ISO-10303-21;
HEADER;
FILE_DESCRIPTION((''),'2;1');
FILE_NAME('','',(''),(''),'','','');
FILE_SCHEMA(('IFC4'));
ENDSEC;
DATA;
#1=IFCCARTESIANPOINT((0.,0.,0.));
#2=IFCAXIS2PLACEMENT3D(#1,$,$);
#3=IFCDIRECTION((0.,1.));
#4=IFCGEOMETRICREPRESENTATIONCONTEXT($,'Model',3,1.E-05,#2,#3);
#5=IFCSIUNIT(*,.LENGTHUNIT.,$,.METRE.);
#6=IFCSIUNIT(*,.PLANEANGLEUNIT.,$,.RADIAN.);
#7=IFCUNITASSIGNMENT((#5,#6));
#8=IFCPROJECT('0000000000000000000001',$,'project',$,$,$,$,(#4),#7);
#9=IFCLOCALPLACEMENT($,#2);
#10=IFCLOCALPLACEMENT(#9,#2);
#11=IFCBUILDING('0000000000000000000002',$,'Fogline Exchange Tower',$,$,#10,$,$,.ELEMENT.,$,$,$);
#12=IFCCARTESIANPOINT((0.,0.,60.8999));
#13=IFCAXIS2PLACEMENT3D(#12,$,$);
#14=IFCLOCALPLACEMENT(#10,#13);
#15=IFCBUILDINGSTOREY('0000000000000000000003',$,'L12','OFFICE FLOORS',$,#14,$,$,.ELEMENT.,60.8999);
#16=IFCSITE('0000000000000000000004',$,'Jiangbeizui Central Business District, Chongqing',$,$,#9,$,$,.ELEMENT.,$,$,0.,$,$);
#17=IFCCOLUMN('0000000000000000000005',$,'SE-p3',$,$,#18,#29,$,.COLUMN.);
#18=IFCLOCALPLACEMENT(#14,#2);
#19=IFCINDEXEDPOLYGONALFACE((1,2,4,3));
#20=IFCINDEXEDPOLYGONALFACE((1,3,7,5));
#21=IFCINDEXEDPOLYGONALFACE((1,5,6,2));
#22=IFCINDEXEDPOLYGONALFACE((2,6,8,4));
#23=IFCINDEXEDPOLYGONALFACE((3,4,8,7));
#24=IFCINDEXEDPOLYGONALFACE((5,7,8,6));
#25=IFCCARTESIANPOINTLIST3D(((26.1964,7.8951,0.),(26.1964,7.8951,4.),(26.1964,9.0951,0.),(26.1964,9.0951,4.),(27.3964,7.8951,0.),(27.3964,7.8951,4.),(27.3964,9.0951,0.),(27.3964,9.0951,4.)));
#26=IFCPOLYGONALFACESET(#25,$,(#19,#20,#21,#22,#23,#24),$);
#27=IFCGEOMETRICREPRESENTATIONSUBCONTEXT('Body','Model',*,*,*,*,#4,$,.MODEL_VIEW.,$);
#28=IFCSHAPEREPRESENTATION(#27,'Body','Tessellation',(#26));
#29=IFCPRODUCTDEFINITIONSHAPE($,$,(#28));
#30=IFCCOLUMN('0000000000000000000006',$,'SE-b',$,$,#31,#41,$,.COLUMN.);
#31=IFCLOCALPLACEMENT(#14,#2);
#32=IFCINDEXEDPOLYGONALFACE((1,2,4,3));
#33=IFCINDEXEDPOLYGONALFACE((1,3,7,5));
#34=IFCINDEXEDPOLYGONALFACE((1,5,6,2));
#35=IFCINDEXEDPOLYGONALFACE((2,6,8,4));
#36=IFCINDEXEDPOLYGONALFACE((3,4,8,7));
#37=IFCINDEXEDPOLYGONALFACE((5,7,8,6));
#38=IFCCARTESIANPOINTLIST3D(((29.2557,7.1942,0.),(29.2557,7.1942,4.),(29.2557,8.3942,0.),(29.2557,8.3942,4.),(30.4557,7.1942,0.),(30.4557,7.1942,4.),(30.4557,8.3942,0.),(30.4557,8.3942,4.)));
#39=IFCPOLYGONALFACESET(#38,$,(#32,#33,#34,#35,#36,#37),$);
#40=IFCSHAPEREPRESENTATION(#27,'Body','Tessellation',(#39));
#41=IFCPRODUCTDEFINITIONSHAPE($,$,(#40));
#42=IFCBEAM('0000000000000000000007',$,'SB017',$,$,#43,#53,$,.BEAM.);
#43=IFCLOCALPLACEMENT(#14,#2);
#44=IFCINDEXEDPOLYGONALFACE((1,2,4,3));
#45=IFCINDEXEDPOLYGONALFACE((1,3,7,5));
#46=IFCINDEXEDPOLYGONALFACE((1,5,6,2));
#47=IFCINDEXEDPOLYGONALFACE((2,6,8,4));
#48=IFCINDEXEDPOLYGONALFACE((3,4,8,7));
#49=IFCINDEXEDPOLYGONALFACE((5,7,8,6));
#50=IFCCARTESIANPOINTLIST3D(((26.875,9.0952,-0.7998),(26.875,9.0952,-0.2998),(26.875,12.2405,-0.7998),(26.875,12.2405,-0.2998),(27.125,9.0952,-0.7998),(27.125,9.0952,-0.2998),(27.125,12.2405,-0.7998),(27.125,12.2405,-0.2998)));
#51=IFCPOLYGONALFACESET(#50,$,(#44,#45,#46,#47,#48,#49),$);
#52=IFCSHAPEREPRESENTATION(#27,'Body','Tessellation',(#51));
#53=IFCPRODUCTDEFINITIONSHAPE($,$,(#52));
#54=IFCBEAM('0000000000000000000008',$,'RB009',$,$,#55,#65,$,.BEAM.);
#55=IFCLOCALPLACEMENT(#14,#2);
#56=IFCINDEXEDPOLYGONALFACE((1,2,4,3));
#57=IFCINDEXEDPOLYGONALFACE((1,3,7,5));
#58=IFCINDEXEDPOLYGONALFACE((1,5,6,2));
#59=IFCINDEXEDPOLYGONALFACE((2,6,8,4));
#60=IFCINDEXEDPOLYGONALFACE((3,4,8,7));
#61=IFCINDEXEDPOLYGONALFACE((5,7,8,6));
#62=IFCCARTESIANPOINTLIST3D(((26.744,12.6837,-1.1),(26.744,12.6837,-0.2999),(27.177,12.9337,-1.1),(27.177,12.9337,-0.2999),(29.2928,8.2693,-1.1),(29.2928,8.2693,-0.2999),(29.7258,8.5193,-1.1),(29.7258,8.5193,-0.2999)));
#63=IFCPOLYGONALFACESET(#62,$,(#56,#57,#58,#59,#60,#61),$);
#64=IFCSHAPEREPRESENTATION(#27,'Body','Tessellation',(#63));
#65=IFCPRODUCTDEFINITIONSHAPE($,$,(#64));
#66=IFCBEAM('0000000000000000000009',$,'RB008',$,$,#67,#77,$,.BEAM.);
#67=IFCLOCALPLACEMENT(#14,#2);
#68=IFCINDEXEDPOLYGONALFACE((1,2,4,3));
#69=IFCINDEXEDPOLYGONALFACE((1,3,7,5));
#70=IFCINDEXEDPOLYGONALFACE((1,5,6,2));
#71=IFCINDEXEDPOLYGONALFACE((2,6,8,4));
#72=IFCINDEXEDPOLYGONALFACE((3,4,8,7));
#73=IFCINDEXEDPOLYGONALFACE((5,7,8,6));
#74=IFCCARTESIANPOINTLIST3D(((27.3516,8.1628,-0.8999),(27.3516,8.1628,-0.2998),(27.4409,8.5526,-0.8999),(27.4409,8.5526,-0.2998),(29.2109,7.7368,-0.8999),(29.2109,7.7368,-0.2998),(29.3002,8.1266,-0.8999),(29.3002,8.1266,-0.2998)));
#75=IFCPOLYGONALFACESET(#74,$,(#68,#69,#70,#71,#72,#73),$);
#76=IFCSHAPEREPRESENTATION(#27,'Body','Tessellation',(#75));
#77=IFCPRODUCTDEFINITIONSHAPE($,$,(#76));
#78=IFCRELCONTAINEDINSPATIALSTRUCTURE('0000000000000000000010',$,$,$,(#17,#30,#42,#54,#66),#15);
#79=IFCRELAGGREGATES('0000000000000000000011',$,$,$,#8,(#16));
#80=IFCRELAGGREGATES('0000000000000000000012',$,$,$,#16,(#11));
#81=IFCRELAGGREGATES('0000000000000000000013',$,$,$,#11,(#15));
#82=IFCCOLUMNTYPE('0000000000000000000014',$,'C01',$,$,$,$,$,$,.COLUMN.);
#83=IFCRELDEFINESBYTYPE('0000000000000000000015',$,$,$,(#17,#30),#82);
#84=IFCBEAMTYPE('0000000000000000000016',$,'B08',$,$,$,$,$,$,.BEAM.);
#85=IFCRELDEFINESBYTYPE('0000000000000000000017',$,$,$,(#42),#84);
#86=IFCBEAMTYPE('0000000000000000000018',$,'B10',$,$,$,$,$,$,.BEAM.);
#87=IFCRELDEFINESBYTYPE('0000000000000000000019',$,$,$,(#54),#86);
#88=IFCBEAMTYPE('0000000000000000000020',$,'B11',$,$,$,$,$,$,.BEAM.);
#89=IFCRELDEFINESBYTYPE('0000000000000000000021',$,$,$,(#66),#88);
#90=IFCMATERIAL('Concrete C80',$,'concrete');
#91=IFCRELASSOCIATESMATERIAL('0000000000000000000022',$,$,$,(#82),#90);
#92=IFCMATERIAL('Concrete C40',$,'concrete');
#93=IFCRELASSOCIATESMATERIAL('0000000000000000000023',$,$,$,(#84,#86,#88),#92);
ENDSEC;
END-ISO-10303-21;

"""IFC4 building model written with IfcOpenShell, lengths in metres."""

from ifc_helpers import new_model, si_unit, direction, frame, origin, origin_2d, place, context, subcontext, project, spatial, rectangle, extrude, material, material_profile, profile_set, type_object, element, save


model = new_model("IFC4")

# Units and contexts
model_context = context("Model", 3, precision=1e-05, world=origin(), true_north=direction((0.0, 1.0)))
body_context = subcontext(model_context, "Body", "Model", "MODEL_VIEW")
ifc_project = project(units=[si_unit("LENGTHUNIT", "METRE"), si_unit("PLANEANGLEUNIT", "RADIAN")], contexts=[model_context])

# Site, building, storey
site_placement = place(None, origin())
site = spatial("IfcSite", under=ifc_project, at=site_placement, Name="Jiangbeizui Central Business District, Chongqing", CompositionType="ELEMENT", RefElevation=0.0)
building_placement = place(site_placement, origin())
building = spatial("IfcBuilding", under=site, at=building_placement, Name="Fogline Exchange Tower", CompositionType="ELEMENT")
storey_placement = place(building_placement, frame((0.0, 0.0, 60.8999)))
storey = spatial("IfcBuildingStorey", under=building, at=storey_placement, Name="L12", Description="OFFICE FLOORS", CompositionType="ELEMENT", Elevation=60.8999)

# Columns
ifc_material_1 = material(Name="Concrete C80", Category="concrete")
ifc_material_profile_1 = material_profile(ifc_material_1, rectangle(XDim=1.2, YDim=1.2, at=origin_2d()), Name="RC 1200x1200")
ifc_profile_set_1 = profile_set([ifc_material_profile_1], Name="Concrete C80")
column_type = type_object("IfcColumnType", Name="C01", PredefinedType="COLUMN", material=ifc_profile_set_1)
for number, where, z_axis, x_axis, name in (
    (1, (26.7964, 8.4951, 0.0), (0.0, 0.0, 1.0), (1.0, 0.0, 0.0), "SE-p3"),
    (2, (29.8557, 7.7942, 0.0), (0.0, 0.0, 1.0), (1.0, 0.0, 0.0), "SE-b"),
):
    element("IfcColumn", number, at=place(storey_placement, frame(where, z_axis=z_axis, x_axis=x_axis)), inside=storey, type_object=column_type, Name=name, PredefinedType="COLUMN", context=body_context, shape_type="SweptSolid", body=[
        extrude(rectangle(XDim=1.2, YDim=1.2, at=origin_2d()), origin(), (0.0, 0.0, 1.0), 4.0),
    ])

# Beams
ifc_material_2 = material(Name="Concrete C40", Category="concrete")
ifc_material_profile_2 = material_profile(ifc_material_2, rectangle(XDim=0.25, YDim=0.5, at=origin_2d()), Name="RC 250x500")
ifc_profile_set_2 = profile_set([ifc_material_profile_2], Name="Concrete C40")
beam_type_1 = type_object("IfcBeamType", Name="B08", PredefinedType="BEAM", material=ifc_profile_set_2)
beam_1_placement = place(storey_placement, frame((27.0, 9.0952, -0.5498), z_axis=(0.0, 1.0, 0.0), x_axis=(-1.0, 0.0, 0.0)))
element("IfcBeam", 3, at=beam_1_placement, inside=storey, type_object=beam_type_1, Name="SB017", PredefinedType="BEAM", context=body_context, shape_type="SweptSolid", body=[
    extrude(rectangle(XDim=0.25, YDim=0.5, at=origin_2d()), origin(), (0.0, 0.0, 1.0), 3.1453),
])
ifc_material_profile_3 = material_profile(ifc_material_2, rectangle(XDim=0.5, YDim=0.8, at=origin_2d()), Name="RC 500x800")
ifc_profile_set_3 = profile_set([ifc_material_profile_3], Name="Concrete C40")
beam_type_2 = type_object("IfcBeamType", Name="B10", PredefinedType="BEAM", material=ifc_profile_set_3)
beam_2_placement = place(storey_placement, frame((29.5093, 8.3943, -0.7), z_axis=(-0.500013, 0.866018, 0.0), x_axis=(-0.866018, -0.500013, 0.0)))
element("IfcBeam", 4, at=beam_2_placement, inside=storey, type_object=beam_type_2, Name="RB009", PredefinedType="BEAM", context=body_context, shape_type="SweptSolid", body=[
    extrude(rectangle(XDim=0.5, YDim=0.8, at=origin_2d()), origin(), (0.0, 0.0, 1.0), 5.0974),
])
ifc_material_profile_4 = material_profile(ifc_material_2, rectangle(XDim=0.3999, YDim=0.6001, at=origin_2d()), Name="RC 400x600")
ifc_profile_set_4 = profile_set([ifc_material_profile_4], Name="Concrete C40")
beam_type_3 = type_object("IfcBeamType", Name="B11", PredefinedType="BEAM", material=ifc_profile_set_4)
beam_3_placement = place(storey_placement, frame((27.3962, 8.3577, -0.5999), z_axis=(0.974742, -0.223336, 0.0), x_axis=(0.223336, 0.974742, 0.0)))
element("IfcBeam", 5, at=beam_3_placement, inside=storey, type_object=beam_type_3, Name="RB008", PredefinedType="BEAM", context=body_context, shape_type="SweptSolid", body=[
    extrude(rectangle(XDim=0.3999, YDim=0.6001, at=origin_2d()), origin(), (0.0, 0.0, 1.0), 1.9075),
])

save(model, "model.ifc")
